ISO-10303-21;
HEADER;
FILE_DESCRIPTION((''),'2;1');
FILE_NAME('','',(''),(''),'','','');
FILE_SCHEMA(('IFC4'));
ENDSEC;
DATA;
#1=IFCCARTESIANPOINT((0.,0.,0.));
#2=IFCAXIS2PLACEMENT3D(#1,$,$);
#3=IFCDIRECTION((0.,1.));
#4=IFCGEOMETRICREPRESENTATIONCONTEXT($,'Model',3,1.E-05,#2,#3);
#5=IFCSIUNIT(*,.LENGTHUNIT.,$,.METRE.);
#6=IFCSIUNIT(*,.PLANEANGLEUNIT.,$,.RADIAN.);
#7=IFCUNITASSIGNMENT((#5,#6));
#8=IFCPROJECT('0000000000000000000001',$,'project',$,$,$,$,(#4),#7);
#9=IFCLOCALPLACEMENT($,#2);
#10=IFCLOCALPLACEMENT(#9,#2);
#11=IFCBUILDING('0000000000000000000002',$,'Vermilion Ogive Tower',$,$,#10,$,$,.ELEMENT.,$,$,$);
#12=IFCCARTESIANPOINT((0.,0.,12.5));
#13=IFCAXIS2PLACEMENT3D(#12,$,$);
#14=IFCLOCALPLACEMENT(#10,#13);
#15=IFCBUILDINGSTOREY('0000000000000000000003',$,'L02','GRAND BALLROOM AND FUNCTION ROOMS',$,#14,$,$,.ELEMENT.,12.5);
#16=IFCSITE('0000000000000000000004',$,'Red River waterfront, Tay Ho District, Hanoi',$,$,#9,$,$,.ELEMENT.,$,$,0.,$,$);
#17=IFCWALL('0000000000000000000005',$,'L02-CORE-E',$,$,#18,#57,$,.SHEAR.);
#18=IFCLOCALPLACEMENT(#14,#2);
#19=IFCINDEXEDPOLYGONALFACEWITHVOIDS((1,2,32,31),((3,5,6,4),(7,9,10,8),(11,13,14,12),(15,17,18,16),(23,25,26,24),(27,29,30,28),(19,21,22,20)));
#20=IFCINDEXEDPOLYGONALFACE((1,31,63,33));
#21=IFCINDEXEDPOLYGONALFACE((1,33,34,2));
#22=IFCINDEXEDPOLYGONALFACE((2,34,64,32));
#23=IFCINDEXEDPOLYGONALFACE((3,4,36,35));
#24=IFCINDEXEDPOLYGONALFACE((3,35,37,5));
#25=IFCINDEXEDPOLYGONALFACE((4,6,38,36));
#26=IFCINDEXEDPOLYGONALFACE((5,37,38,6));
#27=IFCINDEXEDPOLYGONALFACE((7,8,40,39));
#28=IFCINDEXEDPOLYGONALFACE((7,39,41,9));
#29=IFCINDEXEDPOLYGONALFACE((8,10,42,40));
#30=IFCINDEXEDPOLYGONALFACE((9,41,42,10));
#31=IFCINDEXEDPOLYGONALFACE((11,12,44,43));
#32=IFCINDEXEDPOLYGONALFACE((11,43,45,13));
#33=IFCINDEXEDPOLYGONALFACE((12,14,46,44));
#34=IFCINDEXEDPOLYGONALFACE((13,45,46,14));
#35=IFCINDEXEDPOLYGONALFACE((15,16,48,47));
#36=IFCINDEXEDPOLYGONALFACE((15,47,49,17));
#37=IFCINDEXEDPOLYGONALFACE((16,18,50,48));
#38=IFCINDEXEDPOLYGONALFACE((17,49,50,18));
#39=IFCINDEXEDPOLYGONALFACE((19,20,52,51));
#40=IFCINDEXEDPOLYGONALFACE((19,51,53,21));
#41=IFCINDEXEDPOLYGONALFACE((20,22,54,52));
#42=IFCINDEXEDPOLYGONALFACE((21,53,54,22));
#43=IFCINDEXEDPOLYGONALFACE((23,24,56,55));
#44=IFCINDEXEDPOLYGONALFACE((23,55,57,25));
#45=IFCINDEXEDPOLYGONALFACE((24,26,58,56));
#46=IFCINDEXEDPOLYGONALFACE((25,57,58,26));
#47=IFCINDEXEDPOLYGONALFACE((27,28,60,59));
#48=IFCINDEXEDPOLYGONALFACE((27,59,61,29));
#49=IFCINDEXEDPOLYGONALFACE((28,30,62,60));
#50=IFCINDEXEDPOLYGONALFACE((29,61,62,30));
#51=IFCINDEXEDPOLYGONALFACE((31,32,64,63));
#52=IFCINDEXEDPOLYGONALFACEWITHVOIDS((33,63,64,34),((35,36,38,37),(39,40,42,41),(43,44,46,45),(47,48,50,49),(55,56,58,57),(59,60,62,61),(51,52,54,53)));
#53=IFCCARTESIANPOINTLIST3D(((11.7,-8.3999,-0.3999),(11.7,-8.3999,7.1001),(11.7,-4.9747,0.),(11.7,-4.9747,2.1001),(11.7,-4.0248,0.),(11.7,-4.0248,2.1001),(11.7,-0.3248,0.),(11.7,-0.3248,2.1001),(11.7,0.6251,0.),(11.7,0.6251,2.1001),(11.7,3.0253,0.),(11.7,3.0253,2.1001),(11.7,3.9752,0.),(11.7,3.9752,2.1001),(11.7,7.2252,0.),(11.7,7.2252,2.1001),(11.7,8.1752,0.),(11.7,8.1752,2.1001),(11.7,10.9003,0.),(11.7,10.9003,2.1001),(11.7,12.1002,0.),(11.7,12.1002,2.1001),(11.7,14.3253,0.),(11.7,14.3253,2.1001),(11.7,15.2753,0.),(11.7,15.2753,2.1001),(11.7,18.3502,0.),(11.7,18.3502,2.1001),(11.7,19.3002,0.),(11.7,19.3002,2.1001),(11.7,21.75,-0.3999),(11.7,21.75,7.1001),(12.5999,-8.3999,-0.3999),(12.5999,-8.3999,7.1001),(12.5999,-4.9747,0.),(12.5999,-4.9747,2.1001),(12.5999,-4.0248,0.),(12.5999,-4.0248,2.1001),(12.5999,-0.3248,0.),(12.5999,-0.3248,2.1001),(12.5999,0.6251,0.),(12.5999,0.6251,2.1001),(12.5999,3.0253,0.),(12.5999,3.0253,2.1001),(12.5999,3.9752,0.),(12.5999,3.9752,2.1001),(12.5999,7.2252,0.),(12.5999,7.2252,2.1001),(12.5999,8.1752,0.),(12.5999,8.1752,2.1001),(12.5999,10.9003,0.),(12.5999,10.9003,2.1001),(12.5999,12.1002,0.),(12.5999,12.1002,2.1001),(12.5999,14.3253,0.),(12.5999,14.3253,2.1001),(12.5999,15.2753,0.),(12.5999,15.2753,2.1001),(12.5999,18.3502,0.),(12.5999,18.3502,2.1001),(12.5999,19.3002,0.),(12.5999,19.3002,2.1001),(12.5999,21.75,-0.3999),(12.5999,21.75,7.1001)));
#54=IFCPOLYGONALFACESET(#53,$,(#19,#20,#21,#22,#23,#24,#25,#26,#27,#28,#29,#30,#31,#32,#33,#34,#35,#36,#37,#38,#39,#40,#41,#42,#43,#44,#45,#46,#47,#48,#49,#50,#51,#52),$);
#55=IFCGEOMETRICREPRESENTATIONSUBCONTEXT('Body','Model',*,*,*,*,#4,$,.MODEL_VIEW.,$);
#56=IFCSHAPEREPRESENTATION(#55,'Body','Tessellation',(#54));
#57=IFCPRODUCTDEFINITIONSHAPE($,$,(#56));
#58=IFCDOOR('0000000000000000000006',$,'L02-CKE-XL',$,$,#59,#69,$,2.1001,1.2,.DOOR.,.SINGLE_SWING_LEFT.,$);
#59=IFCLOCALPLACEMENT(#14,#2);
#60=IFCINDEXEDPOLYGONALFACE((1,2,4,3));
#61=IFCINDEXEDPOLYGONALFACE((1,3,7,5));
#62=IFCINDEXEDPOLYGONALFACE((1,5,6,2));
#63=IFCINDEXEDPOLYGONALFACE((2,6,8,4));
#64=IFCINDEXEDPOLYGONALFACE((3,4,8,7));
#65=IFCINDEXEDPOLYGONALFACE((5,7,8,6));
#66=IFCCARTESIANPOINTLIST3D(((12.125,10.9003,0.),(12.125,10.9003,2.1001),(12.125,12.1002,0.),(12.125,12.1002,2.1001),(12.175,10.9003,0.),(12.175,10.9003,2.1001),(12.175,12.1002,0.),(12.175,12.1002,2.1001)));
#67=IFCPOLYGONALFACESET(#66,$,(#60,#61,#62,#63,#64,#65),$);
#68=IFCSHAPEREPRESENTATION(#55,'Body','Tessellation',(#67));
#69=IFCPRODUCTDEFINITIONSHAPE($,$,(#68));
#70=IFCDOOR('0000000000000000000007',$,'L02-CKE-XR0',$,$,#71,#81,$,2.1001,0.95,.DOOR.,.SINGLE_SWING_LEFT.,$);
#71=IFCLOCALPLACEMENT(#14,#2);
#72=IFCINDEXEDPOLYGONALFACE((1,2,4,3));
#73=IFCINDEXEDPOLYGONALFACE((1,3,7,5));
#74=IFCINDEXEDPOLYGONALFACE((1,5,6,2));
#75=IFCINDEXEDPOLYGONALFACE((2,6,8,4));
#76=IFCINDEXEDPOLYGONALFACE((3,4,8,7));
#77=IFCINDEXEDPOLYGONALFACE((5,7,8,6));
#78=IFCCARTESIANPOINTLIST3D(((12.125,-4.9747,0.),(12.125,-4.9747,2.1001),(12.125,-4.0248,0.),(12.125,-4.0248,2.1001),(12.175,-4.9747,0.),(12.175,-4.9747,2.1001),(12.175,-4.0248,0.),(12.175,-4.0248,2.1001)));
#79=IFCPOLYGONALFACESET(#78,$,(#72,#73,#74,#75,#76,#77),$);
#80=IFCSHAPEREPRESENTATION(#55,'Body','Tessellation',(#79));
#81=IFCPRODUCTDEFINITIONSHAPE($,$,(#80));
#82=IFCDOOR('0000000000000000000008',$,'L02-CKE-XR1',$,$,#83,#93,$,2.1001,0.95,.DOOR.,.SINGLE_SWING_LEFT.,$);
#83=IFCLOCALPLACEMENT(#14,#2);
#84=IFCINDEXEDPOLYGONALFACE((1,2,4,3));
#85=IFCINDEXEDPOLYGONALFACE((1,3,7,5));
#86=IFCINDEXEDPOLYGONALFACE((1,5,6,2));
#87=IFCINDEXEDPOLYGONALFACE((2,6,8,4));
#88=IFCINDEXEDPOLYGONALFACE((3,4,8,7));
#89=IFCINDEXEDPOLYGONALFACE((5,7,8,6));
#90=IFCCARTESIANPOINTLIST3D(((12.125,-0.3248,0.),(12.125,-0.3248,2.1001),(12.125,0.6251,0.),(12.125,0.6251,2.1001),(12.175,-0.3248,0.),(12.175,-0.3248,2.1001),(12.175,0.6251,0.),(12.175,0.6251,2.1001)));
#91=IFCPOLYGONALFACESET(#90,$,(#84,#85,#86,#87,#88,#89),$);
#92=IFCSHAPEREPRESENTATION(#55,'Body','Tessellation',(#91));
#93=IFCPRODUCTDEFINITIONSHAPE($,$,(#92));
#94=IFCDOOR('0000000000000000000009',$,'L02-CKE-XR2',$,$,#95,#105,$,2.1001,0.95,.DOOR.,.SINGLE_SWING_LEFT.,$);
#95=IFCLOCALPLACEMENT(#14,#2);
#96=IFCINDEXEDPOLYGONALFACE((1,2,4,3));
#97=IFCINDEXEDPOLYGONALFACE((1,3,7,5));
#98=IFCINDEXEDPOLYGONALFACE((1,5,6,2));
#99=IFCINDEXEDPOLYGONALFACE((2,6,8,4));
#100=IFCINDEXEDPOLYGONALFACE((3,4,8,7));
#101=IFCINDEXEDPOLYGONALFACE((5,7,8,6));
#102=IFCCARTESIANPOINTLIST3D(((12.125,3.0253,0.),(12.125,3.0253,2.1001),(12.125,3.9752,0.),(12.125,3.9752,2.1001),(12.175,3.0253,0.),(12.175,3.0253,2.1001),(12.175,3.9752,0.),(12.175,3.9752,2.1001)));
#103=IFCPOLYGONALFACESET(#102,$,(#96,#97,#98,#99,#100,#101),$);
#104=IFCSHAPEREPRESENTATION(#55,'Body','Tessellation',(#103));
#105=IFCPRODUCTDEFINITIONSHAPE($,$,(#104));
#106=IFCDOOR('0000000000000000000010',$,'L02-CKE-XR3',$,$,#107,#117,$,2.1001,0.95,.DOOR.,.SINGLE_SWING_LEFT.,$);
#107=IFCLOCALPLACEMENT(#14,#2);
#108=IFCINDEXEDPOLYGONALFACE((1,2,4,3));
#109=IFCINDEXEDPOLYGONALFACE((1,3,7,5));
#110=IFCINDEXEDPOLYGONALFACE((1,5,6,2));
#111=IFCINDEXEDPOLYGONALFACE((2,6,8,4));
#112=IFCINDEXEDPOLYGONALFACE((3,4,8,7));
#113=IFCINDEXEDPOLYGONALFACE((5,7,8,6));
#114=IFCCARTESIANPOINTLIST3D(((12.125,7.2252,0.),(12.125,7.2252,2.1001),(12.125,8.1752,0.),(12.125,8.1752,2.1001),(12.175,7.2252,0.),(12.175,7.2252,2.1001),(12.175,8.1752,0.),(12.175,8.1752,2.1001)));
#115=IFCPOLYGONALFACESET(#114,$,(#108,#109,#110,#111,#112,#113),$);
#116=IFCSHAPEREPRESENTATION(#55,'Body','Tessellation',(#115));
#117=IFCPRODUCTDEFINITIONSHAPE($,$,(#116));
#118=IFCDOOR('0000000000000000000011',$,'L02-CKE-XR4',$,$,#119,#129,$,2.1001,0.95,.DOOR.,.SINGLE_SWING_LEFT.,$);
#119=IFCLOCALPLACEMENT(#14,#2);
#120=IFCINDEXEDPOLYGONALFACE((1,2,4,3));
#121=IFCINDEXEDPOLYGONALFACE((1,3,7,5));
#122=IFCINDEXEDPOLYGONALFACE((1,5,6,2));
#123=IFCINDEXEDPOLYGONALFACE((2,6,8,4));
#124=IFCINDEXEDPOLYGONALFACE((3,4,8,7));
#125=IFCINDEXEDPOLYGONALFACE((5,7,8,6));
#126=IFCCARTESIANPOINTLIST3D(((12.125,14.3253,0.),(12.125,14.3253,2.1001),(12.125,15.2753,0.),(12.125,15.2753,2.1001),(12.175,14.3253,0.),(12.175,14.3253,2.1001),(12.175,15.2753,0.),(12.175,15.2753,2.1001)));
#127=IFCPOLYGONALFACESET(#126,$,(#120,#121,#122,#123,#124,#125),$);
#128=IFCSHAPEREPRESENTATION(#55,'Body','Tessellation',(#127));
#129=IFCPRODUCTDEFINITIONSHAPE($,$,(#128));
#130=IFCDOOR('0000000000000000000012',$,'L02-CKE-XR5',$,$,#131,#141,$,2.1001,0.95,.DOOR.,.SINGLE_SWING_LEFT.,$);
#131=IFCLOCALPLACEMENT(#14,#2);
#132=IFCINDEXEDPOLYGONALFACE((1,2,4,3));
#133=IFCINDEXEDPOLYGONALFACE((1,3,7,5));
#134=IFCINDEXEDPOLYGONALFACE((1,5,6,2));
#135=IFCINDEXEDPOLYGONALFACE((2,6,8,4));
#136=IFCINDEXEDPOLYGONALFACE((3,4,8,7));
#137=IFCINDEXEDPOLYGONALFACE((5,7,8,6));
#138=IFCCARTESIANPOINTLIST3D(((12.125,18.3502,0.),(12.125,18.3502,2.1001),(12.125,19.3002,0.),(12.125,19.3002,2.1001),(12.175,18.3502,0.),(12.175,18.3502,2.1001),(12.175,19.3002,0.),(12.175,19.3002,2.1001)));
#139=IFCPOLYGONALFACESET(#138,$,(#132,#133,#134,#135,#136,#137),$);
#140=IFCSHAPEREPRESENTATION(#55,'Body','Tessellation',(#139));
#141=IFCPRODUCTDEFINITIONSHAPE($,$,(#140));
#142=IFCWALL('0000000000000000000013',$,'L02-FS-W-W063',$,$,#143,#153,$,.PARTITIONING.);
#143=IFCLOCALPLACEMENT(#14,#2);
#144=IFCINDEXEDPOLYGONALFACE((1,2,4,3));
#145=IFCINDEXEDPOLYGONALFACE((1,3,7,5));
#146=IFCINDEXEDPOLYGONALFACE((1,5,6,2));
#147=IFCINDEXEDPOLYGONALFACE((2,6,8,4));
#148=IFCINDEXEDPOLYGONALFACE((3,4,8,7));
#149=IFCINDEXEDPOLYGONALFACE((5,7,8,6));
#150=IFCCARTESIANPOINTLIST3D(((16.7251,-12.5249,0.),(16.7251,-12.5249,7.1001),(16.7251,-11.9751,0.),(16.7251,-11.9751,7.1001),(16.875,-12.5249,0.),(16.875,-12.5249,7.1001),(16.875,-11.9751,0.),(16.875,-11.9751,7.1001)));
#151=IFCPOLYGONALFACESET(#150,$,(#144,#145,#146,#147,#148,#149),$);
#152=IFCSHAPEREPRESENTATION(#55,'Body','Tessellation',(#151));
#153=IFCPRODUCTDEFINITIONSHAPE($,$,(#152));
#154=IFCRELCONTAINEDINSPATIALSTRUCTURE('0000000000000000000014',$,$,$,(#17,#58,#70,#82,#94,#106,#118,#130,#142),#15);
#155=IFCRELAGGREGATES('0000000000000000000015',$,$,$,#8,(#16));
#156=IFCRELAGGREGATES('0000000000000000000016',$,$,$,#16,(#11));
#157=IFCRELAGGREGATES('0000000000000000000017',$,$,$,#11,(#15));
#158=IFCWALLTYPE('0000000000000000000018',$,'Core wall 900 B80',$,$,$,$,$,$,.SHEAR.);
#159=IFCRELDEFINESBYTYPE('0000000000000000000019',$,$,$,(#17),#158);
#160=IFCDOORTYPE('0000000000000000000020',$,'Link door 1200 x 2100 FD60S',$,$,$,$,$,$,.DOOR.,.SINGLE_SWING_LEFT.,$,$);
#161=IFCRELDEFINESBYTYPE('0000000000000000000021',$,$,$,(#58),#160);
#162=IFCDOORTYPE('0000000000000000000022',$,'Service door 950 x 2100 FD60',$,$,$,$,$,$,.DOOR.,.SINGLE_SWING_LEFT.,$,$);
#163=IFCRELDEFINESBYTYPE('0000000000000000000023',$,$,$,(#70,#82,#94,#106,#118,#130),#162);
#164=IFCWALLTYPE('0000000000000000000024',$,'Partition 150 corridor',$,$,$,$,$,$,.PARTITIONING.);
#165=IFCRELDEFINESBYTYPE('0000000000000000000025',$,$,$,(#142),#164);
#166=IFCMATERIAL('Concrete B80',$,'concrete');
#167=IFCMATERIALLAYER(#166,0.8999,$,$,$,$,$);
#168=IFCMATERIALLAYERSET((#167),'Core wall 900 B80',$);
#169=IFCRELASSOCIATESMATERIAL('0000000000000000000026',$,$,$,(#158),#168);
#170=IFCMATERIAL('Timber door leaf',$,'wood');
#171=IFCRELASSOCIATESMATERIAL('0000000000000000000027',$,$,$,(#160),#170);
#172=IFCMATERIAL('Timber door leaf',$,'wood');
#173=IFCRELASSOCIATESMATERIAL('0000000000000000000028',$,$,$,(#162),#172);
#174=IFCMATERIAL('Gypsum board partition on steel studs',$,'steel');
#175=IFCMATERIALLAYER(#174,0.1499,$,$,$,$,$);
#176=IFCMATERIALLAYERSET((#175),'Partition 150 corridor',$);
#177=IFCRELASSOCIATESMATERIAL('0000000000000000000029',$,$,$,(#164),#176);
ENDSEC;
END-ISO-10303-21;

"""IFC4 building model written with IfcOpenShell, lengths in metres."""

from ifc_helpers import new_model, si_unit, direction, frame, frame_2d, origin, place, context, subcontext, project, spatial, rectangle, extrude, material, layer, layer_set, type_object, element, fill, save


model = new_model("IFC4")

# Units and contexts
model_context = context("Model", 3, precision=1e-05, world=origin(), true_north=direction((0.0, 1.0)))
body_context = subcontext(model_context, "Body", "Model", "MODEL_VIEW")
ifc_project = project(units=[si_unit("LENGTHUNIT", "METRE"), si_unit("PLANEANGLEUNIT", "RADIAN")], contexts=[model_context])

# Site, building, storey
site_placement = place(None, origin())
site = spatial("IfcSite", under=ifc_project, at=site_placement, Name="Red River waterfront, Tay Ho District, Hanoi", CompositionType="ELEMENT", RefElevation=0.0)
building_placement = place(site_placement, origin())
building = spatial("IfcBuilding", under=site, at=building_placement, Name="Vermilion Ogive Tower", CompositionType="ELEMENT")
storey_placement = place(building_placement, frame((0.0, 0.0, 12.5)))
storey = spatial("IfcBuildingStorey", under=building, at=storey_placement, Name="L02", Description="GRAND BALLROOM AND FUNCTION ROOMS", CompositionType="ELEMENT", Elevation=12.5)

# Wall, openings, doors
ifc_material_1 = material(Name="Concrete B80", Category="concrete")
ifc_layer_1 = layer(ifc_material_1, 0.8999)
ifc_layer_set_1 = layer_set([ifc_layer_1], Name="Core wall 900 B80")
wall_type_1 = type_object("IfcWallType", Name="Core wall 900 B80", PredefinedType="SHEAR", material=ifc_layer_set_1)
wall_1_placement = place(storey_placement, frame((12.1499, -8.3999, -0.3999), z_axis=(0.0, 0.0, 1.0), x_axis=(0.0, 1.0, 0.0)))
wall_1 = element("IfcWall", 1, at=wall_1_placement, inside=storey, type_object=wall_type_1, Name="L02-CORE-E", PredefinedType="SHEAR", context=body_context, shape_type="SweptSolid", body=[
    extrude(rectangle(XDim=30.1499, YDim=0.8999, at=frame_2d((15.075, 0.0))), origin(), (0.0, 0.0, 1.0), 7.5),
])
opening_1_placement = place(wall_1_placement, frame((3.425, 0.0, 0.3999)))
opening_1 = element("IfcOpeningElement", 2, at=opening_1_placement, cuts=wall_1, PredefinedType="OPENING", context=body_context, shape_type="SweptSolid", body=[
    extrude(rectangle(XDim=0.95, YDim=2.1001, at=frame_2d((0.4751, 1.05))), frame((0.0, 0.46, 0.0), z_axis=(0.0, -1.0, 0.0), x_axis=(1.0, 0.0, 0.0)), (0.0, 0.0, 1.0), 0.9199),
])
opening_2_placement = place(wall_1_placement, frame((8.075, 0.0, 0.3999)))
opening_2 = element("IfcOpeningElement", 3, at=opening_2_placement, cuts=wall_1, PredefinedType="OPENING", context=body_context, shape_type="SweptSolid", body=[
    extrude(rectangle(XDim=0.95, YDim=2.1001, at=frame_2d((0.4751, 1.05))), frame((0.0, 0.46, 0.0), z_axis=(0.0, -1.0, 0.0), x_axis=(1.0, 0.0, 0.0)), (0.0, 0.0, 1.0), 0.9199),
])
opening_3_placement = place(wall_1_placement, frame((11.425, 0.0, 0.3999)))
opening_3 = element("IfcOpeningElement", 4, at=opening_3_placement, cuts=wall_1, PredefinedType="OPENING", context=body_context, shape_type="SweptSolid", body=[
    extrude(rectangle(XDim=0.95, YDim=2.1001, at=frame_2d((0.4751, 1.05))), frame((0.0, 0.46, 0.0), z_axis=(0.0, -1.0, 0.0), x_axis=(1.0, 0.0, 0.0)), (0.0, 0.0, 1.0), 0.9199),
])
opening_4_placement = place(wall_1_placement, frame((15.625, 0.0, 0.3999)))
opening_4 = element("IfcOpeningElement", 5, at=opening_4_placement, cuts=wall_1, PredefinedType="OPENING", context=body_context, shape_type="SweptSolid", body=[
    extrude(rectangle(XDim=0.95, YDim=2.1001, at=frame_2d((0.4751, 1.05))), frame((0.0, 0.46, 0.0), z_axis=(0.0, -1.0, 0.0), x_axis=(1.0, 0.0, 0.0)), (0.0, 0.0, 1.0), 0.9199),
])
opening_5_placement = place(wall_1_placement, frame((22.7251, 0.0, 0.3999)))
opening_5 = element("IfcOpeningElement", 6, at=opening_5_placement, cuts=wall_1, PredefinedType="OPENING", context=body_context, shape_type="SweptSolid", body=[
    extrude(rectangle(XDim=0.95, YDim=2.1001, at=frame_2d((0.4751, 1.05))), frame((0.0, 0.46, 0.0), z_axis=(0.0, -1.0, 0.0), x_axis=(1.0, 0.0, 0.0)), (0.0, 0.0, 1.0), 0.9199),
])
opening_6_placement = place(wall_1_placement, frame((26.75, 0.0, 0.3999)))
opening_6 = element("IfcOpeningElement", 7, at=opening_6_placement, cuts=wall_1, PredefinedType="OPENING", context=body_context, shape_type="SweptSolid", body=[
    extrude(rectangle(XDim=0.95, YDim=2.1001, at=frame_2d((0.4751, 1.05))), frame((0.0, 0.46, 0.0), z_axis=(0.0, -1.0, 0.0), x_axis=(1.0, 0.0, 0.0)), (0.0, 0.0, 1.0), 0.9199),
])
opening_7_placement = place(wall_1_placement, frame((19.3, 0.0, 0.3999)))
opening_7 = element("IfcOpeningElement", 8, at=opening_7_placement, cuts=wall_1, PredefinedType="OPENING", context=body_context, shape_type="SweptSolid", body=[
    extrude(rectangle(XDim=1.2, YDim=2.1001, at=frame_2d((0.6001, 1.05))), frame((0.0, 0.46, 0.0), z_axis=(0.0, -1.0, 0.0), x_axis=(1.0, 0.0, 0.0)), (0.0, 0.0, 1.0), 0.9199),
])
ifc_material_2 = material(Name="Timber door leaf", Category="wood")
door_type_1 = type_object("IfcDoorType", Name="Link door 1200 x 2100 FD60S", OperationType="SINGLE_SWING_LEFT", PredefinedType="DOOR", material=ifc_material_2)
door_1_placement = place(opening_7_placement, origin())
door_1 = element("IfcDoor", 9, at=door_1_placement, inside=storey, type_object=door_type_1, Name="L02-CKE-XL", OperationType="SINGLE_SWING_LEFT", OverallHeight=2.1001, OverallWidth=1.2, PredefinedType="DOOR", context=body_context, shape_type="SweptSolid", body=[
    extrude(rectangle(XDim=1.2, YDim=2.1001, at=frame_2d((0.6001, 1.05))), frame((0.0, 0.0249, 0.0), z_axis=(0.0, -1.0, 0.0), x_axis=(1.0, 0.0, 0.0)), (0.0, 0.0, 1.0), 0.05),
])
fill(opening_7, door_1)
ifc_material_3 = material(Name="Timber door leaf", Category="wood")
door_type_2 = type_object("IfcDoorType", Name="Service door 950 x 2100 FD60", OperationType="SINGLE_SWING_LEFT", PredefinedType="DOOR", material=ifc_material_3)
door_2_placement = place(opening_1_placement, origin())
door_2 = element("IfcDoor", 10, at=door_2_placement, inside=storey, type_object=door_type_2, Name="L02-CKE-XR0", OperationType="SINGLE_SWING_LEFT", OverallHeight=2.1001, OverallWidth=0.95, PredefinedType="DOOR", context=body_context, shape_type="SweptSolid", body=[
    extrude(rectangle(XDim=0.95, YDim=2.1001, at=frame_2d((0.4751, 1.05))), frame((0.0, 0.0249, 0.0), z_axis=(0.0, -1.0, 0.0), x_axis=(1.0, 0.0, 0.0)), (0.0, 0.0, 1.0), 0.05),
])
fill(opening_1, door_2)
door_3_placement = place(opening_2_placement, origin())
door_3 = element("IfcDoor", 11, at=door_3_placement, inside=storey, type_object=door_type_2, Name="L02-CKE-XR1", OperationType="SINGLE_SWING_LEFT", OverallHeight=2.1001, OverallWidth=0.95, PredefinedType="DOOR", context=body_context, shape_type="SweptSolid", body=[
    extrude(rectangle(XDim=0.95, YDim=2.1001, at=frame_2d((0.4751, 1.05))), frame((0.0, 0.0249, 0.0), z_axis=(0.0, -1.0, 0.0), x_axis=(1.0, 0.0, 0.0)), (0.0, 0.0, 1.0), 0.05),
])
fill(opening_2, door_3)
door_4_placement = place(opening_3_placement, origin())
door_4 = element("IfcDoor", 12, at=door_4_placement, inside=storey, type_object=door_type_2, Name="L02-CKE-XR2", OperationType="SINGLE_SWING_LEFT", OverallHeight=2.1001, OverallWidth=0.95, PredefinedType="DOOR", context=body_context, shape_type="SweptSolid", body=[
    extrude(rectangle(XDim=0.95, YDim=2.1001, at=frame_2d((0.4751, 1.05))), frame((0.0, 0.0249, 0.0), z_axis=(0.0, -1.0, 0.0), x_axis=(1.0, 0.0, 0.0)), (0.0, 0.0, 1.0), 0.05),
])
fill(opening_3, door_4)
door_5_placement = place(opening_4_placement, origin())
door_5 = element("IfcDoor", 13, at=door_5_placement, inside=storey, type_object=door_type_2, Name="L02-CKE-XR3", OperationType="SINGLE_SWING_LEFT", OverallHeight=2.1001, OverallWidth=0.95, PredefinedType="DOOR", context=body_context, shape_type="SweptSolid", body=[
    extrude(rectangle(XDim=0.95, YDim=2.1001, at=frame_2d((0.4751, 1.05))), frame((0.0, 0.0249, 0.0), z_axis=(0.0, -1.0, 0.0), x_axis=(1.0, 0.0, 0.0)), (0.0, 0.0, 1.0), 0.05),
])
fill(opening_4, door_5)
door_6_placement = place(opening_5_placement, origin())
door_6 = element("IfcDoor", 14, at=door_6_placement, inside=storey, type_object=door_type_2, Name="L02-CKE-XR4", OperationType="SINGLE_SWING_LEFT", OverallHeight=2.1001, OverallWidth=0.95, PredefinedType="DOOR", context=body_context, shape_type="SweptSolid", body=[
    extrude(rectangle(XDim=0.95, YDim=2.1001, at=frame_2d((0.4751, 1.05))), frame((0.0, 0.0249, 0.0), z_axis=(0.0, -1.0, 0.0), x_axis=(1.0, 0.0, 0.0)), (0.0, 0.0, 1.0), 0.05),
])
fill(opening_5, door_6)
door_7_placement = place(opening_6_placement, origin())
door_7 = element("IfcDoor", 15, at=door_7_placement, inside=storey, type_object=door_type_2, Name="L02-CKE-XR5", OperationType="SINGLE_SWING_LEFT", OverallHeight=2.1001, OverallWidth=0.95, PredefinedType="DOOR", context=body_context, shape_type="SweptSolid", body=[
    extrude(rectangle(XDim=0.95, YDim=2.1001, at=frame_2d((0.4751, 1.05))), frame((0.0, 0.0249, 0.0), z_axis=(0.0, -1.0, 0.0), x_axis=(1.0, 0.0, 0.0)), (0.0, 0.0, 1.0), 0.05),
])
fill(opening_6, door_7)

# Wall
ifc_material_4 = material(Name="Gypsum board partition on steel studs", Category="steel")
ifc_layer_2 = layer(ifc_material_4, 0.1499)
ifc_layer_set_2 = layer_set([ifc_layer_2], Name="Partition 150 corridor")
wall_type_2 = type_object("IfcWallType", Name="Partition 150 corridor", PredefinedType="PARTITIONING", material=ifc_layer_set_2)
wall_2_placement = place(storey_placement, frame((16.8, -12.5249, 0.0), z_axis=(0.0, 0.0, 1.0), x_axis=(0.0, 1.0, 0.0)))
element("IfcWall", 16, at=wall_2_placement, inside=storey, type_object=wall_type_2, Name="L02-FS-W-W063", PredefinedType="PARTITIONING", context=body_context, shape_type="SweptSolid", body=[
    extrude(rectangle(XDim=0.5498, YDim=0.1499, at=frame_2d((0.2749, 0.0))), origin(), (0.0, 0.0, 1.0), 7.1001),
])

save(model, "model.ifc")
